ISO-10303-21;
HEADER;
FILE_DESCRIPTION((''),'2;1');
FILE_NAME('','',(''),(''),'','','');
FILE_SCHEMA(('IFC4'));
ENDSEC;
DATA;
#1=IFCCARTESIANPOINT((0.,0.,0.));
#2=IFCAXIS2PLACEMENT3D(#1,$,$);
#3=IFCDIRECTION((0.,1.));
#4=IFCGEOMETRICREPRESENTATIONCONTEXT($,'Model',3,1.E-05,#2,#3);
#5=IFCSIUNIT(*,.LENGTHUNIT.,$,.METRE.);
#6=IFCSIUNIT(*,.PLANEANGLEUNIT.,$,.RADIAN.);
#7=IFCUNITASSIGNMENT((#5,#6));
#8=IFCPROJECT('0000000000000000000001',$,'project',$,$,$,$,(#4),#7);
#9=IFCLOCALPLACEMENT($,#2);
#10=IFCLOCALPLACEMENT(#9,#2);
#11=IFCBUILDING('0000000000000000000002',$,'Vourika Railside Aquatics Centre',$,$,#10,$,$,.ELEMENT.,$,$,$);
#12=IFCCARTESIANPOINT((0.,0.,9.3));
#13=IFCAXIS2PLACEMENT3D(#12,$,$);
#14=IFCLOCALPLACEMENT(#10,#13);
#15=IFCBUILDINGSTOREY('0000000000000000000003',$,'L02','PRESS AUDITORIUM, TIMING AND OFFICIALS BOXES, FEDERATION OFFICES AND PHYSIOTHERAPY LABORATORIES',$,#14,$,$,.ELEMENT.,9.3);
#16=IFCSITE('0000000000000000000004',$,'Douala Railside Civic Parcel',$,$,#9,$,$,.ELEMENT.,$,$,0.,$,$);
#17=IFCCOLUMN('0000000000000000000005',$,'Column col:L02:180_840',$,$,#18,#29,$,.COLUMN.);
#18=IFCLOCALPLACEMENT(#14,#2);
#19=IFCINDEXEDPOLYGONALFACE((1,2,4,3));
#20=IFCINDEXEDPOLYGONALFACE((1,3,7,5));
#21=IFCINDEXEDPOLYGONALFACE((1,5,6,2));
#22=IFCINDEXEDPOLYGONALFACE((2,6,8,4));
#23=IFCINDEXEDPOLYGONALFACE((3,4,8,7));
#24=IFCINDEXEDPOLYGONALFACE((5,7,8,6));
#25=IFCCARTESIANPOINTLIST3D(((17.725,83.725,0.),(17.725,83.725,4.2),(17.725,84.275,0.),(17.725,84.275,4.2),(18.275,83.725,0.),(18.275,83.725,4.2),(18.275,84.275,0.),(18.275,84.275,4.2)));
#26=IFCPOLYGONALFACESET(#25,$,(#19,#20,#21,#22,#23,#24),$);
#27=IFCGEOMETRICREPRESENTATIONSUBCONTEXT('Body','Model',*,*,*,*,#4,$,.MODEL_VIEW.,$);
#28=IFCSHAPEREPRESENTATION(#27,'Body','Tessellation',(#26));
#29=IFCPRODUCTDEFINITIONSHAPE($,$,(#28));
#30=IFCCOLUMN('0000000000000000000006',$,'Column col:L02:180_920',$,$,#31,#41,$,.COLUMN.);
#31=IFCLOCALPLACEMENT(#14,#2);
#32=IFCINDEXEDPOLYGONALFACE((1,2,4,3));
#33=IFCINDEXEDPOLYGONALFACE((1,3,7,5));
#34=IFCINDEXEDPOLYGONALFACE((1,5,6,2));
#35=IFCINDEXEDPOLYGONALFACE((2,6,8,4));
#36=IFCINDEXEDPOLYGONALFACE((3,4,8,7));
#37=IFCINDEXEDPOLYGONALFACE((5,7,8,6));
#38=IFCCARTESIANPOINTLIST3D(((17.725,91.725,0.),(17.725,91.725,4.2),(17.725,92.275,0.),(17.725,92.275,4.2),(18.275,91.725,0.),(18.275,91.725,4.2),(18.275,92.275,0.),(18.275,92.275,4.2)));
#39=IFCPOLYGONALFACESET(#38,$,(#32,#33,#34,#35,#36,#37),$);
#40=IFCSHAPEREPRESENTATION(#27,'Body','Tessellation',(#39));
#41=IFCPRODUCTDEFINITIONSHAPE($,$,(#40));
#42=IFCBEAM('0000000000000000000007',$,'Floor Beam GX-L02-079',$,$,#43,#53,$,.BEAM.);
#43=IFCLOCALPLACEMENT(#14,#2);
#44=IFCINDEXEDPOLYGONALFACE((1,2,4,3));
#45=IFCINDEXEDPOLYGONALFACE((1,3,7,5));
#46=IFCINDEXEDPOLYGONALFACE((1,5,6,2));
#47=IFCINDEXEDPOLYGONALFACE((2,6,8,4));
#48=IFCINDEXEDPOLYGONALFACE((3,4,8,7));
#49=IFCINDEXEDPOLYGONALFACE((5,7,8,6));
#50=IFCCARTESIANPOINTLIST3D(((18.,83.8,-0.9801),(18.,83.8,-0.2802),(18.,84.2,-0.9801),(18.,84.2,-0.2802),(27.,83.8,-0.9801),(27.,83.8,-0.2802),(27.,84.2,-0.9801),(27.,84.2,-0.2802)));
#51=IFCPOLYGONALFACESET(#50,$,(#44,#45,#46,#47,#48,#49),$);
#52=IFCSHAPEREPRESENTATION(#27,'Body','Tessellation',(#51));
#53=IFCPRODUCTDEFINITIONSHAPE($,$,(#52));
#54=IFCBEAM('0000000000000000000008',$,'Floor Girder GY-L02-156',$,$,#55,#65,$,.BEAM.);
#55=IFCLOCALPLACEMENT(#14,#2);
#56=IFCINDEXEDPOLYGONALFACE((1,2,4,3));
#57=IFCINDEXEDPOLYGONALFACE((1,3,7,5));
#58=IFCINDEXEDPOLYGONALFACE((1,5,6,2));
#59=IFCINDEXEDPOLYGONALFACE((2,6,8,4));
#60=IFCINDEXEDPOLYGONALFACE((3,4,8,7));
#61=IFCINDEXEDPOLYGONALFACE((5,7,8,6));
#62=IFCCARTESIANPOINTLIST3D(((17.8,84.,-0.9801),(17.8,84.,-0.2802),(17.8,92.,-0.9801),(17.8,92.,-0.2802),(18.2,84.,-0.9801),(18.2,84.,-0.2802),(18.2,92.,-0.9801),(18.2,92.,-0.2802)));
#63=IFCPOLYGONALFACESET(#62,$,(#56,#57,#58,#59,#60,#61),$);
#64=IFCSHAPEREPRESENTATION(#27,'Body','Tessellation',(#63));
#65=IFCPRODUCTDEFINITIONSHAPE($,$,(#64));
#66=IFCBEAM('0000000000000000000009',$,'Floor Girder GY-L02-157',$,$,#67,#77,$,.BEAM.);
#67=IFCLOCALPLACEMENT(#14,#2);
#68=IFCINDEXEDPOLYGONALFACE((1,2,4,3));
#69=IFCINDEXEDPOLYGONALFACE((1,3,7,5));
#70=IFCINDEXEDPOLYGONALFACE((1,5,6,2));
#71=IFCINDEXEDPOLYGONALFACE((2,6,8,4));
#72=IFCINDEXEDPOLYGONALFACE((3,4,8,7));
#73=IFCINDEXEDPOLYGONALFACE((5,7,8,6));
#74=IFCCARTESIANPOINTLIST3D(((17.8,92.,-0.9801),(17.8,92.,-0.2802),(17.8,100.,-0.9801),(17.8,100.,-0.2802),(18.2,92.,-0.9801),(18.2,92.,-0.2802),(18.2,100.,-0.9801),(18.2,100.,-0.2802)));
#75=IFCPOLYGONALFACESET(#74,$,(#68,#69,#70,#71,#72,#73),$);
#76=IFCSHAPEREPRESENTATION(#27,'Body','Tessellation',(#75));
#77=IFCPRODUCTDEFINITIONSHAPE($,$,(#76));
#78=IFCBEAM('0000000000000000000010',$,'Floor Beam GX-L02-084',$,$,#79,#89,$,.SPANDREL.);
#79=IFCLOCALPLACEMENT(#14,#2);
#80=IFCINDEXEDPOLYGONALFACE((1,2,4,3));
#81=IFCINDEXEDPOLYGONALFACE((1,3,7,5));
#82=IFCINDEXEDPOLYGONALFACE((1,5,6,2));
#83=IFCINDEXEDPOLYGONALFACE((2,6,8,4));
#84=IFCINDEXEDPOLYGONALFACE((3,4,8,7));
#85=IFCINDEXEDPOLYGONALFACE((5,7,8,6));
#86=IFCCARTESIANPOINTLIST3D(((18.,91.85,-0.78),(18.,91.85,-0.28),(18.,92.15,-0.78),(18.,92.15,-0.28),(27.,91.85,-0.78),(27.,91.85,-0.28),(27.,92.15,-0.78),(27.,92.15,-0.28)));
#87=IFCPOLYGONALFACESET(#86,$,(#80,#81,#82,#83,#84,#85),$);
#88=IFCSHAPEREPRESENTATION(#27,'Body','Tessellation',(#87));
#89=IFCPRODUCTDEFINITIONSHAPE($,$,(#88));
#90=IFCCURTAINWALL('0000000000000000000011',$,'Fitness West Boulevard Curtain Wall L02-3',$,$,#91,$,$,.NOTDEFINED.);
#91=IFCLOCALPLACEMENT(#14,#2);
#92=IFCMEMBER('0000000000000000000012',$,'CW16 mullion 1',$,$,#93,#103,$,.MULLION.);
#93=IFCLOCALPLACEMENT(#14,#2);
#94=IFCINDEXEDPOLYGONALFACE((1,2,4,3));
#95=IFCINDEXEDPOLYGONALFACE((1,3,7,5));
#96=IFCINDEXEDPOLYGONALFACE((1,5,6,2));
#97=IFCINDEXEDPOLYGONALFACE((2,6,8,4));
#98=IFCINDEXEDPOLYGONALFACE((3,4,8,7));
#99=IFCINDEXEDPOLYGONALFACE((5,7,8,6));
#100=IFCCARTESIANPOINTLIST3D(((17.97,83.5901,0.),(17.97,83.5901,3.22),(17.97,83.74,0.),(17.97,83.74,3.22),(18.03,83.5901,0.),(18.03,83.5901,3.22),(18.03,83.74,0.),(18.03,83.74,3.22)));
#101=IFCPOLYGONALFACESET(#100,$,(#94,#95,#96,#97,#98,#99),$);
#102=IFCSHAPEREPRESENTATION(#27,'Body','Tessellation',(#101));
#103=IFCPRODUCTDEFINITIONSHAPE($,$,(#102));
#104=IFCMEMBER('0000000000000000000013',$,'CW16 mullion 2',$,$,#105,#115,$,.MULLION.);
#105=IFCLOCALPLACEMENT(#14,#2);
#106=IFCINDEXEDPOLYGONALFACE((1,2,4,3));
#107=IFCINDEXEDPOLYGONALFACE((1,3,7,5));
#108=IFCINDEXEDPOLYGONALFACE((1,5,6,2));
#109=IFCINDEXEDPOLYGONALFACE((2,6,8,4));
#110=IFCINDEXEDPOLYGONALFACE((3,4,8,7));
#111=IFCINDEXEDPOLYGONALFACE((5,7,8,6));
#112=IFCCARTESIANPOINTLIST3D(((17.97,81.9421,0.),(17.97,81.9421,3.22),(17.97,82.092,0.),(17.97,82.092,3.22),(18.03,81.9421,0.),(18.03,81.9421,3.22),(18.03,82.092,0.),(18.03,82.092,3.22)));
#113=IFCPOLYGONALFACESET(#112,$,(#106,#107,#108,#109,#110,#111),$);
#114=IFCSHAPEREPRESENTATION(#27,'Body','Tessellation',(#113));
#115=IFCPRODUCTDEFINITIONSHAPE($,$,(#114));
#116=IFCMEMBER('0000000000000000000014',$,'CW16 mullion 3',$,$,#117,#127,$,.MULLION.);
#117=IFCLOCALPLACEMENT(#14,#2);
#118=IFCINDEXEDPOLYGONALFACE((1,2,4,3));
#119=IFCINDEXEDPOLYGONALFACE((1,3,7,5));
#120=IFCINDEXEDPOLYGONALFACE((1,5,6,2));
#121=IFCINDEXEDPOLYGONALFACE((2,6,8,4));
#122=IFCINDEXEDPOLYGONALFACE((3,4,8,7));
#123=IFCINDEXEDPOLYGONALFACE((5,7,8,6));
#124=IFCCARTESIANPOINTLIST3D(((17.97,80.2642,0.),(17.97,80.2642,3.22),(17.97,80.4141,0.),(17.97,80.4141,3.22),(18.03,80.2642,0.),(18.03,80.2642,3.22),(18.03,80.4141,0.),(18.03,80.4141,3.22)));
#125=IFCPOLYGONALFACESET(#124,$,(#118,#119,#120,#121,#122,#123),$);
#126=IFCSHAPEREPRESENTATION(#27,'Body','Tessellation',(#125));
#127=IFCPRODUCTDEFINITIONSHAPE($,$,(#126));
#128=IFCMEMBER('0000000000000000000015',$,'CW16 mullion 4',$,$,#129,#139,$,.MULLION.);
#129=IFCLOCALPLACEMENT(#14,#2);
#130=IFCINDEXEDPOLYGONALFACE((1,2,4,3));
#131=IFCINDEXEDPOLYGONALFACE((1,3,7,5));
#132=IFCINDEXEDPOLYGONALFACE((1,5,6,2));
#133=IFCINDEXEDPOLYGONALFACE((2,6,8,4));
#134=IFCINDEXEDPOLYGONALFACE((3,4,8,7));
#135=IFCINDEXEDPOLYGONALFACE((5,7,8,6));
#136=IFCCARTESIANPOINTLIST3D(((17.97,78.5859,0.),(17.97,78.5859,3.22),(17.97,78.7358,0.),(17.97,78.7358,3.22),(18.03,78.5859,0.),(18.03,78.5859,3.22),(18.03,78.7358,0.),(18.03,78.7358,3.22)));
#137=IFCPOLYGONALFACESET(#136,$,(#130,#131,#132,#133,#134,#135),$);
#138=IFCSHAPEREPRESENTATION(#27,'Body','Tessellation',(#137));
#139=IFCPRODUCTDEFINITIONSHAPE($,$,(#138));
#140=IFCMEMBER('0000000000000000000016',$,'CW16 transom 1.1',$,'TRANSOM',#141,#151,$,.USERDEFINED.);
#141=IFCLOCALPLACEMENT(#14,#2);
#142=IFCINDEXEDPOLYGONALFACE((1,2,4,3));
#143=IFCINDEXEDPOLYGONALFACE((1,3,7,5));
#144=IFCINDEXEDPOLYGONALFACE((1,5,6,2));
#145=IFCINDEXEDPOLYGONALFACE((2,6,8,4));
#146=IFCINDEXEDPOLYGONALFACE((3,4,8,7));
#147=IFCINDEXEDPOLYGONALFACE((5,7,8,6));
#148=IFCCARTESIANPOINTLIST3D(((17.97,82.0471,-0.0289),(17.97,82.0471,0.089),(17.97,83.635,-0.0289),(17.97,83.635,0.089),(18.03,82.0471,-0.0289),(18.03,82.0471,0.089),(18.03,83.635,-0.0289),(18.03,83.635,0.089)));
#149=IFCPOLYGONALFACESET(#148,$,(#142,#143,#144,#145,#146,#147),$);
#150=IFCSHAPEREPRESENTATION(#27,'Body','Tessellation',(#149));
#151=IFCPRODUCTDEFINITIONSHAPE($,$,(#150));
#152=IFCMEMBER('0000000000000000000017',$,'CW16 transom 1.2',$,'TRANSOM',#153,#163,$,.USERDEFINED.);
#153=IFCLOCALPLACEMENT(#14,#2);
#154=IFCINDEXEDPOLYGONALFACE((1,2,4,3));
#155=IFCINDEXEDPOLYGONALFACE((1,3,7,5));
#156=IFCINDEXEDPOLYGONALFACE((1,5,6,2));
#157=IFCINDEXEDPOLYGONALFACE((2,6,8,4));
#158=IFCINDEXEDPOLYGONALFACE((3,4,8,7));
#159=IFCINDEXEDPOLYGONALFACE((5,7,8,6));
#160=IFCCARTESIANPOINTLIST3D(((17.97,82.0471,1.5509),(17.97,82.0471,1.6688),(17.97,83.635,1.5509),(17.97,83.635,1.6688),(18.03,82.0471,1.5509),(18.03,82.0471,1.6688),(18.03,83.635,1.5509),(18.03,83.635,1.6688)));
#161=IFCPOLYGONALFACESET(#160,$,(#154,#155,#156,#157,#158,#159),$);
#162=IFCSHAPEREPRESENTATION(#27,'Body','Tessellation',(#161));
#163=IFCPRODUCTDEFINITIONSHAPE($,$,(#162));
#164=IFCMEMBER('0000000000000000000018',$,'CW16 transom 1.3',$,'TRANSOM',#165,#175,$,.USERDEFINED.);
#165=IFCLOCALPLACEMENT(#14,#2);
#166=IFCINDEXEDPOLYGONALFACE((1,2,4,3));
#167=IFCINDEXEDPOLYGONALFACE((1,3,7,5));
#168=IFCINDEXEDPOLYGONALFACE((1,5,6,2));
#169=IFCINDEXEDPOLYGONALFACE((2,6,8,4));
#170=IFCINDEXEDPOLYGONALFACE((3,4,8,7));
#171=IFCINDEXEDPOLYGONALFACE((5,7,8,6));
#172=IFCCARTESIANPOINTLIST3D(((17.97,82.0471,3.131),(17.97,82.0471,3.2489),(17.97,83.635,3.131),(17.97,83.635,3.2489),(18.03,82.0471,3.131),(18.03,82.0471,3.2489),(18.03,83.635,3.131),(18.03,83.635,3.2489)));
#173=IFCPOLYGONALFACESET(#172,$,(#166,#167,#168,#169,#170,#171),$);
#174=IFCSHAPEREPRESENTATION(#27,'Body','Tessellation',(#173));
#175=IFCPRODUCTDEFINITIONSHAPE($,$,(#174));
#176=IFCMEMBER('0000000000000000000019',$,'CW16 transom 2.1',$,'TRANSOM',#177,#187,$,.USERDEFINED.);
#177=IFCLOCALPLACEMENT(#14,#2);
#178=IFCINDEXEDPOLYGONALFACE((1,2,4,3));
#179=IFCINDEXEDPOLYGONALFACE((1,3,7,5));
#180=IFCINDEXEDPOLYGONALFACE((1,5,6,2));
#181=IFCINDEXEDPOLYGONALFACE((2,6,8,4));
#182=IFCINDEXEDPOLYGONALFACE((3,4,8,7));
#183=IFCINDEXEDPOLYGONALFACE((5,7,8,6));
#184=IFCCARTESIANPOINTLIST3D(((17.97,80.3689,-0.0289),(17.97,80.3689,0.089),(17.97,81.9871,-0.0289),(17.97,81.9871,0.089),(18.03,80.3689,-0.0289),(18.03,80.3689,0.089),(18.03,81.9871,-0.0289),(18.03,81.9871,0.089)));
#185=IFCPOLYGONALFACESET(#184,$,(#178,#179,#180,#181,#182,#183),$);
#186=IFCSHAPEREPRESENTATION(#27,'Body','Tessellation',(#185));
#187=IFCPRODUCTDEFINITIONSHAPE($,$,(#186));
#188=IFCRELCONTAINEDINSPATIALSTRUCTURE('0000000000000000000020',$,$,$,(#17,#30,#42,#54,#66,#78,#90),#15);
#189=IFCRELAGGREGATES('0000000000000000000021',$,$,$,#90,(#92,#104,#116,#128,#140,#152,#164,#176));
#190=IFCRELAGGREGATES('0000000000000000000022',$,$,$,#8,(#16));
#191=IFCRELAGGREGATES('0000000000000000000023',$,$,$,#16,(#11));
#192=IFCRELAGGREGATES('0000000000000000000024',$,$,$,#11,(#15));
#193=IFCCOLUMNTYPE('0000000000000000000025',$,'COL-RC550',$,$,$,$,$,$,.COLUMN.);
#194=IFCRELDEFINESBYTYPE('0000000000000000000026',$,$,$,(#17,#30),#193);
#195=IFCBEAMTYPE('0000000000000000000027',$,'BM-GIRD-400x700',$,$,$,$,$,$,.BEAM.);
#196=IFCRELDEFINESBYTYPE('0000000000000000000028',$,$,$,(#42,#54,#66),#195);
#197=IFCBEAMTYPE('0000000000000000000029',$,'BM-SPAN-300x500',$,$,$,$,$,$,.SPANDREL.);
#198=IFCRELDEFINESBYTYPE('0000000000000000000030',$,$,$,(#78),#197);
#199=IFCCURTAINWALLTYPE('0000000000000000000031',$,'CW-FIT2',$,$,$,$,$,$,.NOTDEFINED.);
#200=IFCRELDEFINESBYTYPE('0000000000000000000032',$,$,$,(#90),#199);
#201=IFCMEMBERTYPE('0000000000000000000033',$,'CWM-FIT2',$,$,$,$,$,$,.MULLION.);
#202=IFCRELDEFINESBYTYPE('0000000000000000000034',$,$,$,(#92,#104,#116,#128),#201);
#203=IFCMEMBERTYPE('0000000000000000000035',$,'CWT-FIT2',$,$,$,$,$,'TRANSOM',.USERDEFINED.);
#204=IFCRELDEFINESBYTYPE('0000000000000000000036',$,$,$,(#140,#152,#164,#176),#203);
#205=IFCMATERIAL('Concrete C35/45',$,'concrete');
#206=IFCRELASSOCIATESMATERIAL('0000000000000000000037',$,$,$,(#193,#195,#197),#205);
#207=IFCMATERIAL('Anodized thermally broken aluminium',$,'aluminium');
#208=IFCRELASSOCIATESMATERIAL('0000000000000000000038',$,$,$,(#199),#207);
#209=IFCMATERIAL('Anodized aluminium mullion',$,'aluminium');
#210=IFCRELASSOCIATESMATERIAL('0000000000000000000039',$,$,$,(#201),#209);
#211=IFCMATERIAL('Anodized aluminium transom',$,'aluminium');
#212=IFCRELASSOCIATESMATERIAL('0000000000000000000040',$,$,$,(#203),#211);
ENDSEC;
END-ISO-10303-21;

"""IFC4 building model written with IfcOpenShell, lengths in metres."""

from ifc_helpers import new_model, si_unit, direction, frame, origin, origin_2d, place, context, subcontext, project, spatial, rectangle, extrude, material, material_profile, profile_set, type_object, element, aggregate, save


model = new_model("IFC4")

# Units and contexts
model_context = context("Model", 3, precision=1e-05, world=origin(), true_north=direction((0.0, 1.0)))
body_context = subcontext(model_context, "Body", "Model", "MODEL_VIEW")
ifc_project = project(units=[si_unit("LENGTHUNIT", "METRE"), si_unit("PLANEANGLEUNIT", "RADIAN")], contexts=[model_context])

# Site, building, storey
site_placement = place(None, origin())
site = spatial("IfcSite", under=ifc_project, at=site_placement, Name="Douala Railside Civic Parcel", CompositionType="ELEMENT", RefElevation=0.0)
building_placement = place(site_placement, origin())
building = spatial("IfcBuilding", under=site, at=building_placement, Name="Vourika Railside Aquatics Centre", CompositionType="ELEMENT")
storey_placement = place(building_placement, frame((0.0, 0.0, 9.3)))
storey = spatial("IfcBuildingStorey", under=building, at=storey_placement, Name="L02", Description="PRESS AUDITORIUM, TIMING AND OFFICIALS BOXES, FEDERATION OFFICES AND PHYSIOTHERAPY LABORATORIES", CompositionType="ELEMENT", Elevation=9.3)

# Columns
ifc_material_1 = material(Name="Concrete C35/45", Category="concrete")
ifc_material_profile_1 = material_profile(ifc_material_1, rectangle(XDim=0.55, YDim=0.55, at=origin_2d()), Name="RC 550x550")
ifc_profile_set_1 = profile_set([ifc_material_profile_1], Name="Concrete C35/45")
column_type = type_object("IfcColumnType", Name="COL-RC550", PredefinedType="COLUMN", material=ifc_profile_set_1)
for number, where, z_axis, x_axis, name in (
    (1, (18.0, 84.0, 0.0), (0.0, 0.0, 1.0), (1.0, 0.0, 0.0), "Column col:L02:180_840"),
    (2, (18.0, 92.0, 0.0), (0.0, 0.0, 1.0), (1.0, 0.0, 0.0), "Column col:L02:180_920"),
):
    element("IfcColumn", number, at=place(storey_placement, frame(where, z_axis=z_axis, x_axis=x_axis)), inside=storey, type_object=column_type, Name=name, PredefinedType="COLUMN", context=body_context, shape_type="SweptSolid", body=[
        extrude(rectangle(XDim=0.55, YDim=0.55, at=origin_2d()), origin(), (0.0, 0.0, 1.0), 4.2),
    ])

# Beams
ifc_material_profile_2 = material_profile(ifc_material_1, rectangle(XDim=0.3999, YDim=0.7, at=origin_2d()), Name="RC 400x700")
ifc_profile_set_2 = profile_set([ifc_material_profile_2], Name="Concrete C35/45")
beam_type_1 = type_object("IfcBeamType", Name="BM-GIRD-400x700", PredefinedType="BEAM", material=ifc_profile_set_2)
beam_1_placement = place(storey_placement, frame((18.0, 84.0, -0.6301), z_axis=(1.0, 0.0, 0.0), x_axis=(0.0, 1.0, 0.0)))
element("IfcBeam", 3, at=beam_1_placement, inside=storey, type_object=beam_type_1, Name="Floor Beam GX-L02-079", PredefinedType="BEAM", context=body_context, shape_type="SweptSolid", body=[
    extrude(rectangle(XDim=0.3999, YDim=0.7, at=origin_2d()), origin(), (0.0, 0.0, 1.0), 9.0),
])
for number, where, z_axis, x_axis, name in (
    (4, (18.0, 84.0, -0.6301), (0.0, 1.0, 0.0), (-1.0, 0.0, 0.0), "Floor Girder GY-L02-156"),
    (5, (18.0, 92.0, -0.6301), (0.0, 1.0, 0.0), (-1.0, 0.0, 0.0), "Floor Girder GY-L02-157"),
):
    element("IfcBeam", number, at=place(storey_placement, frame(where, z_axis=z_axis, x_axis=x_axis)), inside=storey, type_object=beam_type_1, Name=name, PredefinedType="BEAM", context=body_context, shape_type="SweptSolid", body=[
        extrude(rectangle(XDim=0.3999, YDim=0.7, at=origin_2d()), origin(), (0.0, 0.0, 1.0), 8.0),
    ])
ifc_material_profile_3 = material_profile(ifc_material_1, rectangle(XDim=0.3, YDim=0.5, at=origin_2d()), Name="RC 300x500")
ifc_profile_set_3 = profile_set([ifc_material_profile_3], Name="Concrete C35/45")
beam_type_2 = type_object("IfcBeamType", Name="BM-SPAN-300x500", PredefinedType="SPANDREL", material=ifc_profile_set_3)
beam_2_placement = place(storey_placement, frame((18.0, 92.0, -0.53), z_axis=(1.0, 0.0, 0.0), x_axis=(0.0, 1.0, 0.0)))
element("IfcBeam", 6, at=beam_2_placement, inside=storey, type_object=beam_type_2, Name="Floor Beam GX-L02-084", PredefinedType="SPANDREL", context=body_context, shape_type="SweptSolid", body=[
    extrude(rectangle(XDim=0.3, YDim=0.5, at=origin_2d()), origin(), (0.0, 0.0, 1.0), 9.0),
])

# Curtain wall, members
ifc_material_2 = material(Name="Anodized thermally broken aluminium", Category="aluminium")
curtain_wall_type = type_object("IfcCurtainWallType", Name="CW-FIT2", PredefinedType="NOTDEFINED", material=ifc_material_2)
curtain_wall_placement = place(storey_placement, origin())
curtain_wall = element("IfcCurtainWall", 7, at=curtain_wall_placement, inside=storey, type_object=curtain_wall_type, Name="Fitness West Boulevard Curtain Wall L02-3", PredefinedType="NOTDEFINED")
ifc_material_3 = material(Name="Anodized aluminium mullion", Category="aluminium")
ifc_material_profile_4 = material_profile(ifc_material_3, rectangle(XDim=0.0601, YDim=0.1499, at=origin_2d()), Name="ALU-M 60x150")
ifc_profile_set_4 = profile_set([ifc_material_profile_4], Name="Anodized aluminium mullion")
member_type_1 = type_object("IfcMemberType", Name="CWM-FIT2", PredefinedType="MULLION", material=ifc_profile_set_4)
member_1_placement = place(storey_placement, frame((18.0, 83.665, 0.0), z_axis=(0.0, 0.0, 1.0), x_axis=(1.0, 0.0, 0.0)))
member_1 = element("IfcMember", 8, at=member_1_placement, type_object=member_type_1, Name="CW16 mullion 1", PredefinedType="MULLION", context=body_context, shape_type="SweptSolid", body=[
    extrude(rectangle(XDim=0.0601, YDim=0.1499, at=origin_2d()), origin(), (0.0, 0.0, 1.0), 3.22),
])
member_2_placement = place(storey_placement, frame((18.0, 82.0171, 0.0), z_axis=(0.0, 0.0, 1.0), x_axis=(1.0, 0.0, 0.0)))
member_2 = element("IfcMember", 9, at=member_2_placement, type_object=member_type_1, Name="CW16 mullion 2", PredefinedType="MULLION", context=body_context, shape_type="SweptSolid", body=[
    extrude(rectangle(XDim=0.0601, YDim=0.1499, at=origin_2d()), origin(), (0.0, 0.0, 1.0), 3.22),
])
member_3_placement = place(storey_placement, frame((18.0, 80.3391, 0.0), z_axis=(0.0, 0.0, 1.0), x_axis=(1.0, 0.0, 0.0)))
member_3 = element("IfcMember", 10, at=member_3_placement, type_object=member_type_1, Name="CW16 mullion 3", PredefinedType="MULLION", context=body_context, shape_type="SweptSolid", body=[
    extrude(rectangle(XDim=0.0601, YDim=0.1499, at=origin_2d()), origin(), (0.0, 0.0, 1.0), 3.22),
])
member_4_placement = place(storey_placement, frame((18.0, 78.6609, 0.0), z_axis=(0.0, 0.0, 1.0), x_axis=(1.0, 0.0, 0.0)))
member_4 = element("IfcMember", 11, at=member_4_placement, type_object=member_type_1, Name="CW16 mullion 4", PredefinedType="MULLION", context=body_context, shape_type="SweptSolid", body=[
    extrude(rectangle(XDim=0.0601, YDim=0.1499, at=origin_2d()), origin(), (0.0, 0.0, 1.0), 3.22),
])
ifc_material_4 = material(Name="Anodized aluminium transom", Category="aluminium")
ifc_material_profile_5 = material_profile(ifc_material_4, rectangle(XDim=0.0601, YDim=0.1179, at=origin_2d()), Name="ALU-T 60x118")
ifc_profile_set_5 = profile_set([ifc_material_profile_5], Name="Anodized aluminium transom")
member_type_2 = type_object("IfcMemberType", Name="CWT-FIT2", ElementType="TRANSOM", PredefinedType="USERDEFINED", material=ifc_profile_set_5)
member_5_placement = place(storey_placement, frame((18.0, 83.635, 0.03), z_axis=(0.0, -1.0, 0.0), x_axis=(1.0, 0.0, 0.0)))
member_5 = element("IfcMember", 12, at=member_5_placement, type_object=member_type_2, Name="CW16 transom 1.1", ObjectType="TRANSOM", PredefinedType="USERDEFINED", context=body_context, shape_type="SweptSolid", body=[
    extrude(rectangle(XDim=0.0601, YDim=0.1179, at=origin_2d()), origin(), (0.0, 0.0, 1.0), 1.5879),
])
member_6_placement = place(storey_placement, frame((18.0, 83.635, 1.6099), z_axis=(0.0, -1.0, 0.0), x_axis=(1.0, 0.0, 0.0)))
member_6 = element("IfcMember", 13, at=member_6_placement, type_object=member_type_2, Name="CW16 transom 1.2", ObjectType="TRANSOM", PredefinedType="USERDEFINED", context=body_context, shape_type="SweptSolid", body=[
    extrude(rectangle(XDim=0.0601, YDim=0.1179, at=origin_2d()), origin(), (0.0, 0.0, 1.0), 1.5879),
])
member_7_placement = place(storey_placement, frame((18.0, 83.635, 3.1899), z_axis=(0.0, -1.0, 0.0), x_axis=(1.0, 0.0, 0.0)))
member_7 = element("IfcMember", 14, at=member_7_placement, type_object=member_type_2, Name="CW16 transom 1.3", ObjectType="TRANSOM", PredefinedType="USERDEFINED", context=body_context, shape_type="SweptSolid", body=[
    extrude(rectangle(XDim=0.0601, YDim=0.1179, at=origin_2d()), origin(), (0.0, 0.0, 1.0), 1.5879),
])
member_8_placement = place(storey_placement, frame((18.0, 81.9871, 0.03), z_axis=(0.0, -1.0, 0.0), x_axis=(1.0, 0.0, 0.0)))
member_8 = element("IfcMember", 15, at=member_8_placement, type_object=member_type_2, Name="CW16 transom 2.1", ObjectType="TRANSOM", PredefinedType="USERDEFINED", context=body_context, shape_type="SweptSolid", body=[
    extrude(rectangle(XDim=0.0601, YDim=0.1179, at=origin_2d()), origin(), (0.0, 0.0, 1.0), 1.6182),
])
aggregate(curtain_wall, [member_1, member_2, member_3, member_4, member_5, member_6, member_7, member_8])

save(model, "model.ifc")
